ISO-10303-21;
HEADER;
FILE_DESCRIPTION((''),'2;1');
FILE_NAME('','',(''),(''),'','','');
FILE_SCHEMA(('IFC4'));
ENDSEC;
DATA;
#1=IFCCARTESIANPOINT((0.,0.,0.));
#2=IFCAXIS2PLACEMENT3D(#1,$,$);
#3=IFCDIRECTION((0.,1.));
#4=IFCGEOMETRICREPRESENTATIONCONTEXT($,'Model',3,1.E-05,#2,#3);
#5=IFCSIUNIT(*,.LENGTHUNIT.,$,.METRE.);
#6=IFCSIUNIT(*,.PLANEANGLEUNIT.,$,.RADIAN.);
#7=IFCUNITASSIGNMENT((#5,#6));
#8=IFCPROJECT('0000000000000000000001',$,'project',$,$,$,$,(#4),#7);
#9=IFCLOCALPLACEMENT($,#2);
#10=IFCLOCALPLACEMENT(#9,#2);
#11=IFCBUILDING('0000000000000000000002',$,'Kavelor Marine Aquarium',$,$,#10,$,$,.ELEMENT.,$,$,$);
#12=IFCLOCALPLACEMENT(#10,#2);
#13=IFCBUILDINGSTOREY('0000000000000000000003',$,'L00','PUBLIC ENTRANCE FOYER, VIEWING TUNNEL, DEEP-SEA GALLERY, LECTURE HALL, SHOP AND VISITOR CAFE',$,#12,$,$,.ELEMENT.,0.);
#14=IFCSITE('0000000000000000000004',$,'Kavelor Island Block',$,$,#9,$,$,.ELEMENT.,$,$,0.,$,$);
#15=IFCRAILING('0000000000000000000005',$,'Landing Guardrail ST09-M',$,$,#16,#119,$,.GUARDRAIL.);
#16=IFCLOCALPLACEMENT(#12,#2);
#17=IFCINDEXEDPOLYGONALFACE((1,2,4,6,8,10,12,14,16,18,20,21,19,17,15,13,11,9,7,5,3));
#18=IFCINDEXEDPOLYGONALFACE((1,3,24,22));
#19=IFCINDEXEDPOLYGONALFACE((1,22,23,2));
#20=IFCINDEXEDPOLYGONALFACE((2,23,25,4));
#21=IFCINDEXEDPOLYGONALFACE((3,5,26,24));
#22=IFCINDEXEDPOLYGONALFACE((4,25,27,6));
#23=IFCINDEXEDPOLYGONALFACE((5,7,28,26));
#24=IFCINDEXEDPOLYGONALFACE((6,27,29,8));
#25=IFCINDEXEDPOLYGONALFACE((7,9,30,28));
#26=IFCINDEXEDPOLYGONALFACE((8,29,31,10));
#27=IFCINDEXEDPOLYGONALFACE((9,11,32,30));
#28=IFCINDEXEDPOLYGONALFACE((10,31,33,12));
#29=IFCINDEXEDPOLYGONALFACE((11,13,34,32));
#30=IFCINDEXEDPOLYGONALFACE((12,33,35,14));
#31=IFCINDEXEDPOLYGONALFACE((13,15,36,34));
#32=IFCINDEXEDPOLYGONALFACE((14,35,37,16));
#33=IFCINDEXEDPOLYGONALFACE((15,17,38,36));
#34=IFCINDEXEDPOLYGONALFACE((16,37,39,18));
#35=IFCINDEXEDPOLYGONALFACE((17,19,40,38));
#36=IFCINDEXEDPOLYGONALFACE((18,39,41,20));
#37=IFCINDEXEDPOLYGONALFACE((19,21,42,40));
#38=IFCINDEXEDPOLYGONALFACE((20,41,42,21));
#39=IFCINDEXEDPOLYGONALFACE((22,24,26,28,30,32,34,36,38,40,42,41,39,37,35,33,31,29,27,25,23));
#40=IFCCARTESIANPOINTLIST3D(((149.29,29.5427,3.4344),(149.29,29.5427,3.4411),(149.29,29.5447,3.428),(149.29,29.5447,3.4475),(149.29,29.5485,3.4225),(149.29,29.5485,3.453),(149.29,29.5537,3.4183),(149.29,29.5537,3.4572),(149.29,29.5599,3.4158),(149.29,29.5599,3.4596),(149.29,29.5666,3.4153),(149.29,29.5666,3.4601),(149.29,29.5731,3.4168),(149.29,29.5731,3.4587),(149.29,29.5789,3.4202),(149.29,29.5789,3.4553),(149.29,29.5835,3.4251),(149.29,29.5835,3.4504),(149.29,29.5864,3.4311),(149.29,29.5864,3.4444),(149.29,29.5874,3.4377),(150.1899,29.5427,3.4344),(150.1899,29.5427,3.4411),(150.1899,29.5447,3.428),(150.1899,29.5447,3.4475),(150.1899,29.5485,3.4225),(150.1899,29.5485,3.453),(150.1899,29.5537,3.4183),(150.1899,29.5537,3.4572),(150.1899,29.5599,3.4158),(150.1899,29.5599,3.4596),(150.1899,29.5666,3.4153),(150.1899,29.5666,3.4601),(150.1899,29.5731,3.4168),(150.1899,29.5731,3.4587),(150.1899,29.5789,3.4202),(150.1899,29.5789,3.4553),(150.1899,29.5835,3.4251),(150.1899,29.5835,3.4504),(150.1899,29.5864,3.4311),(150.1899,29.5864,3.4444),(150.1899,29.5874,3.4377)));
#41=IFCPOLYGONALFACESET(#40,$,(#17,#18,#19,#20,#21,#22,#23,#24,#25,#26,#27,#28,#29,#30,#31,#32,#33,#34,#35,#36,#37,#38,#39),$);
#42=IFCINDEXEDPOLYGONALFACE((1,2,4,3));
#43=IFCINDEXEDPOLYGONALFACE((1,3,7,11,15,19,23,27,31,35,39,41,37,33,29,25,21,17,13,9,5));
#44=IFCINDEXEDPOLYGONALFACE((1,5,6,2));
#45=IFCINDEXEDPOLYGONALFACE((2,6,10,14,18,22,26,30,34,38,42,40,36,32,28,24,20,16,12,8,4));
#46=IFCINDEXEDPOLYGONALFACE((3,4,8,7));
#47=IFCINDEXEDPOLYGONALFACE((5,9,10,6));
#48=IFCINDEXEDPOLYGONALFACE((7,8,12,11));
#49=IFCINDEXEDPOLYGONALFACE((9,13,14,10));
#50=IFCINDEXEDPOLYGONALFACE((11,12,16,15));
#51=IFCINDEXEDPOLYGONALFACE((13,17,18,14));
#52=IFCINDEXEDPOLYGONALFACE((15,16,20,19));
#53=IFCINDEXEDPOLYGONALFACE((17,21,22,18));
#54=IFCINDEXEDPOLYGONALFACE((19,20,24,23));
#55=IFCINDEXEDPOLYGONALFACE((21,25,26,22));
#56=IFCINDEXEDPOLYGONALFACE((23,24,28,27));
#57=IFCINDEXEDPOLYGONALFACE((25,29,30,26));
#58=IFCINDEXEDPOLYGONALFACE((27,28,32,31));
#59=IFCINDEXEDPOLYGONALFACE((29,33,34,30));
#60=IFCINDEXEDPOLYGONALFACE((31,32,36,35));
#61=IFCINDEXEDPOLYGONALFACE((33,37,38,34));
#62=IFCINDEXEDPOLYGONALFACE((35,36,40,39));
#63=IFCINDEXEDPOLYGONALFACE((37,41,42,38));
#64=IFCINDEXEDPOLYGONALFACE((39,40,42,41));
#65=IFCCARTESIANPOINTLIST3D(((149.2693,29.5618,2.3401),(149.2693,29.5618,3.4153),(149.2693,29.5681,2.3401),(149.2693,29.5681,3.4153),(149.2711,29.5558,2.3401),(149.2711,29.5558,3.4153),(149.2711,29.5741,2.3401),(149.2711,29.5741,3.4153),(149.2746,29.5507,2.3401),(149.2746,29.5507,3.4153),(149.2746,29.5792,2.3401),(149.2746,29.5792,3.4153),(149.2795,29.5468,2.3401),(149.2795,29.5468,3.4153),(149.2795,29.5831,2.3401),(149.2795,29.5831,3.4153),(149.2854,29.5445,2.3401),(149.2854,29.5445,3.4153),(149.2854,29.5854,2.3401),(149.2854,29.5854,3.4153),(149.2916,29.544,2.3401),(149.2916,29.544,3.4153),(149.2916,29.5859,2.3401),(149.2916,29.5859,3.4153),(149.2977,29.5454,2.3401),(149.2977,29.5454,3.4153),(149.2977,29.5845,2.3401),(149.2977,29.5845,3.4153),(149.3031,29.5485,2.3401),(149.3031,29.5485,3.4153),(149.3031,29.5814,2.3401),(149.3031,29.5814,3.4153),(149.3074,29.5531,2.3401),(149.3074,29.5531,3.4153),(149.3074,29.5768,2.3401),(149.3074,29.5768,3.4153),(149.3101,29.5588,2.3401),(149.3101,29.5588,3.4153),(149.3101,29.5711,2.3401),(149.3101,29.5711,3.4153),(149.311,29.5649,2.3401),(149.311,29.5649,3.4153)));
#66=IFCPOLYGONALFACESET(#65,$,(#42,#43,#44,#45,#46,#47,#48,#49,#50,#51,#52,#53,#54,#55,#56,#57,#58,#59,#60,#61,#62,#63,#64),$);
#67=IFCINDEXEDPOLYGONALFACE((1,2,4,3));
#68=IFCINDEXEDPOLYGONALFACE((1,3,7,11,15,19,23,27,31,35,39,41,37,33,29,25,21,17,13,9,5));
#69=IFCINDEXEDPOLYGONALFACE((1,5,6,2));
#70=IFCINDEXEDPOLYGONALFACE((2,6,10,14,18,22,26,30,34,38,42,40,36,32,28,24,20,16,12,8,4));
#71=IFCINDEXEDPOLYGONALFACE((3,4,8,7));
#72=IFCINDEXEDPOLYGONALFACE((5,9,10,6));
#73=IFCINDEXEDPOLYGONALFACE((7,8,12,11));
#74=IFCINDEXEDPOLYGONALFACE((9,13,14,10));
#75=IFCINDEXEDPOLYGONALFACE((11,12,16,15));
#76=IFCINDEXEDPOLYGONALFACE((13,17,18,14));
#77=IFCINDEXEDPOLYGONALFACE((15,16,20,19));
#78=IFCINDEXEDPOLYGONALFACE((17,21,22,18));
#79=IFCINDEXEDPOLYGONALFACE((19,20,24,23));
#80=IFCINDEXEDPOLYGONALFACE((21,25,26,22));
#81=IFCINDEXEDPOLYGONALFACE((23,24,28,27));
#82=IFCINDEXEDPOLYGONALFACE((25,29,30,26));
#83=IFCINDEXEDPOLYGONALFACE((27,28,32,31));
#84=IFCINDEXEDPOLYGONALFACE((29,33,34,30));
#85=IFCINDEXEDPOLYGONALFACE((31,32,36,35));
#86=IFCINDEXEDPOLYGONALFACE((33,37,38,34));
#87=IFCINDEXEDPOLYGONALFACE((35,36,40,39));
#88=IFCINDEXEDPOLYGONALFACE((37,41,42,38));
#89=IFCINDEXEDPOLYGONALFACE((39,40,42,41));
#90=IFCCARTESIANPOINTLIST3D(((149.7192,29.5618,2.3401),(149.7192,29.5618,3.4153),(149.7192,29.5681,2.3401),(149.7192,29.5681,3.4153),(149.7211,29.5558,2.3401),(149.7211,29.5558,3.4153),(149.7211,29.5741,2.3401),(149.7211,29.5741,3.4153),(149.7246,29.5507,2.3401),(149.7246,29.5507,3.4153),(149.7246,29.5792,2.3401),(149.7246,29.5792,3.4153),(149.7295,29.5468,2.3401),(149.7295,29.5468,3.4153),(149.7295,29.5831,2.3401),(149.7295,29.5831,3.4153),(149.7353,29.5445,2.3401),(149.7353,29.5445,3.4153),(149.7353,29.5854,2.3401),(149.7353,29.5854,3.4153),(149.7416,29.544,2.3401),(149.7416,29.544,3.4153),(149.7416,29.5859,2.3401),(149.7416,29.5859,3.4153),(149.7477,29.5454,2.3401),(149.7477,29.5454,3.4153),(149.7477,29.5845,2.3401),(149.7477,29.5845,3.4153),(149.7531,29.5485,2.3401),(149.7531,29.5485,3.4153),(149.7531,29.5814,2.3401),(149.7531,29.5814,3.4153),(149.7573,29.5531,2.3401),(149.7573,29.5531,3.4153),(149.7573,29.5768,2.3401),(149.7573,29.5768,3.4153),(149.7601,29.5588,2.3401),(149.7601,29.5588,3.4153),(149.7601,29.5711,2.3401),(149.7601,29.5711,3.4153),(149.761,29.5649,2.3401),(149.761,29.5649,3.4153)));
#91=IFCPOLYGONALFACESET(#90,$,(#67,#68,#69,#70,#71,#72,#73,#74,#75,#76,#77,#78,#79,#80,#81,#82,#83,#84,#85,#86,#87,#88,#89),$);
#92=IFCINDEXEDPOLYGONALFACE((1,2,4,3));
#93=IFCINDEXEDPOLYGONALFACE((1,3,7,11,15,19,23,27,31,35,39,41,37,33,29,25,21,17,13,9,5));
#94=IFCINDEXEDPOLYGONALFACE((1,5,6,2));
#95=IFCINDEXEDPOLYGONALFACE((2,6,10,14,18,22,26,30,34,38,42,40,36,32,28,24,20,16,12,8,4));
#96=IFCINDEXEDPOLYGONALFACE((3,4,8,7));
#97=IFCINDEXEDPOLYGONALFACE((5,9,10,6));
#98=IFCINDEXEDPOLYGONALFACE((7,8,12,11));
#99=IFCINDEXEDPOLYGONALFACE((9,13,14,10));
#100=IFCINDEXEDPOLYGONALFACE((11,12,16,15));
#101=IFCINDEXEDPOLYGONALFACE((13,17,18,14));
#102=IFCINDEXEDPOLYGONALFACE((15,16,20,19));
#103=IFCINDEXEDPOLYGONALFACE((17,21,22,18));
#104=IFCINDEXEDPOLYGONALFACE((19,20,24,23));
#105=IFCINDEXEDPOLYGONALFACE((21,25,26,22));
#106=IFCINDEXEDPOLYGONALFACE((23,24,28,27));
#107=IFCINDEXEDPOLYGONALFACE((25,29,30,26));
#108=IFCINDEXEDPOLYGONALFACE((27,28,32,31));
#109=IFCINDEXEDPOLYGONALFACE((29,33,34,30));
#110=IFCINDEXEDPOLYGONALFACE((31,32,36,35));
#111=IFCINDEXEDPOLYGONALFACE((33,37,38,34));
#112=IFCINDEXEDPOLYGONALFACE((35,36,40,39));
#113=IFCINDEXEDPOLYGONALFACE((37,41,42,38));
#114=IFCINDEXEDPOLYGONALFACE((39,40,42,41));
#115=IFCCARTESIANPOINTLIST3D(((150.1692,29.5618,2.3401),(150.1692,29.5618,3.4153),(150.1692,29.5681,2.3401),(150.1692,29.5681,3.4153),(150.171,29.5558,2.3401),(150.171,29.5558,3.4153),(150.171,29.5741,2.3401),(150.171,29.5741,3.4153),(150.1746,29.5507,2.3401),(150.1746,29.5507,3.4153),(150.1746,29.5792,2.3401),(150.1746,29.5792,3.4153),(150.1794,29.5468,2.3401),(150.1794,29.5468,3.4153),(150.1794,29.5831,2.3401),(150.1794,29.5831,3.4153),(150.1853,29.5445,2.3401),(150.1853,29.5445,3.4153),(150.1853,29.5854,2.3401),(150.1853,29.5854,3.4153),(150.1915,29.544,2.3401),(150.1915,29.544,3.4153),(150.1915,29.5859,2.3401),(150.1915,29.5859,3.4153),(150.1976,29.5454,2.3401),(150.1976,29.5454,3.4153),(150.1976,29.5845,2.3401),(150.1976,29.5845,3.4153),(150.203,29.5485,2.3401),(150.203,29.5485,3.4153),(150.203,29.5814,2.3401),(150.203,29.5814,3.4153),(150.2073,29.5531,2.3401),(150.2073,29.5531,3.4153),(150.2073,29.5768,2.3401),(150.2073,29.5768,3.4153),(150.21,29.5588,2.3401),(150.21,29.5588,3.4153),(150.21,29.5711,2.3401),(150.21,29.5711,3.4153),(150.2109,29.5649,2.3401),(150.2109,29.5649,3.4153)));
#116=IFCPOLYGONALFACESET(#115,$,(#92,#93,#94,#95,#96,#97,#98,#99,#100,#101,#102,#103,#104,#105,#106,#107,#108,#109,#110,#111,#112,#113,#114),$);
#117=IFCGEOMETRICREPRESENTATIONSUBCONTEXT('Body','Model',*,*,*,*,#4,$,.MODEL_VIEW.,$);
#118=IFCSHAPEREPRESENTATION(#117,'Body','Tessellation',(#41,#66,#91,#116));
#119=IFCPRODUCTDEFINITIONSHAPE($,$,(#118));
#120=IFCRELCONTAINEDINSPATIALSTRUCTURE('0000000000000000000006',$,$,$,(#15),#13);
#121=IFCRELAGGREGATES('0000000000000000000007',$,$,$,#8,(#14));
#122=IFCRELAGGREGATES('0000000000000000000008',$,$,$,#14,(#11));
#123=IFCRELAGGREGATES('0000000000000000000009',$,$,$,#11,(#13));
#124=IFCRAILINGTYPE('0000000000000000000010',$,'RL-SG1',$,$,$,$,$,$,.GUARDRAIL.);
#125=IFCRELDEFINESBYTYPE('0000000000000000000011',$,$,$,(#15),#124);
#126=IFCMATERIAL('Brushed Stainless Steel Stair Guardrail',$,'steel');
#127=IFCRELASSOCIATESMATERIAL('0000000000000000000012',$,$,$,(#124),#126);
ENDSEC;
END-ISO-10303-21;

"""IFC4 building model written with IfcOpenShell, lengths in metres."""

from ifc_helpers import new_model, si_unit, direction, frame, origin, origin_2d, place, context, subcontext, project, spatial, circle, extrude, material, type_object, element, save


model = new_model("IFC4")

# Units and contexts
model_context = context("Model", 3, precision=1e-05, world=origin(), true_north=direction((0.0, 1.0)))
body_context = subcontext(model_context, "Body", "Model", "MODEL_VIEW")
ifc_project = project(units=[si_unit("LENGTHUNIT", "METRE"), si_unit("PLANEANGLEUNIT", "RADIAN")], contexts=[model_context])

# Site, building, storey
site_placement = place(None, origin())
site = spatial("IfcSite", under=ifc_project, at=site_placement, Name="Kavelor Island Block", CompositionType="ELEMENT", RefElevation=0.0)
building_placement = place(site_placement, origin())
building = spatial("IfcBuilding", under=site, at=building_placement, Name="Kavelor Marine Aquarium", CompositionType="ELEMENT")
storey_placement = place(building_placement, origin())
storey = spatial("IfcBuildingStorey", under=building, at=storey_placement, Name="L00", Description="PUBLIC ENTRANCE FOYER, VIEWING TUNNEL, DEEP-SEA GALLERY, LECTURE HALL, SHOP AND VISITOR CAFE", CompositionType="ELEMENT", Elevation=0.0)

# Railing
ifc_material_1 = material(Name="Brushed Stainless Steel Stair Guardrail", Category="steel")
railing_type_1 = type_object("IfcRailingType", Name="RL-SG1", PredefinedType="GUARDRAIL", material=ifc_material_1)
railing_1_placement = place(storey_placement, frame((149.29, 29.5649, 2.3401)))
element("IfcRailing", 1, at=railing_1_placement, inside=storey, type_object=railing_type_1, Name="Landing Guardrail ST09-M", PredefinedType="GUARDRAIL", context=body_context, shape_type="SweptSolid", body=[
    extrude(circle(Radius=0.0225, at=origin_2d()), frame((0.0, 0.0, 1.0977), z_axis=(1.0, 0.0, 0.0), x_axis=(0.0, 1.0, 0.0)), (0.0, 0.0, 1.0), 0.8999),
    extrude(circle(Radius=0.021, at=origin_2d()), origin(), (0.0, 0.0, 1.0), 1.0752),
    extrude(circle(Radius=0.021, at=origin_2d()), frame((0.45, 0.0, 0.0)), (0.0, 0.0, 1.0), 1.0752),
    extrude(circle(Radius=0.021, at=origin_2d()), frame((0.8999, 0.0, 0.0)), (0.0, 0.0, 1.0), 1.0752),
])

save(model, "model.ifc")
